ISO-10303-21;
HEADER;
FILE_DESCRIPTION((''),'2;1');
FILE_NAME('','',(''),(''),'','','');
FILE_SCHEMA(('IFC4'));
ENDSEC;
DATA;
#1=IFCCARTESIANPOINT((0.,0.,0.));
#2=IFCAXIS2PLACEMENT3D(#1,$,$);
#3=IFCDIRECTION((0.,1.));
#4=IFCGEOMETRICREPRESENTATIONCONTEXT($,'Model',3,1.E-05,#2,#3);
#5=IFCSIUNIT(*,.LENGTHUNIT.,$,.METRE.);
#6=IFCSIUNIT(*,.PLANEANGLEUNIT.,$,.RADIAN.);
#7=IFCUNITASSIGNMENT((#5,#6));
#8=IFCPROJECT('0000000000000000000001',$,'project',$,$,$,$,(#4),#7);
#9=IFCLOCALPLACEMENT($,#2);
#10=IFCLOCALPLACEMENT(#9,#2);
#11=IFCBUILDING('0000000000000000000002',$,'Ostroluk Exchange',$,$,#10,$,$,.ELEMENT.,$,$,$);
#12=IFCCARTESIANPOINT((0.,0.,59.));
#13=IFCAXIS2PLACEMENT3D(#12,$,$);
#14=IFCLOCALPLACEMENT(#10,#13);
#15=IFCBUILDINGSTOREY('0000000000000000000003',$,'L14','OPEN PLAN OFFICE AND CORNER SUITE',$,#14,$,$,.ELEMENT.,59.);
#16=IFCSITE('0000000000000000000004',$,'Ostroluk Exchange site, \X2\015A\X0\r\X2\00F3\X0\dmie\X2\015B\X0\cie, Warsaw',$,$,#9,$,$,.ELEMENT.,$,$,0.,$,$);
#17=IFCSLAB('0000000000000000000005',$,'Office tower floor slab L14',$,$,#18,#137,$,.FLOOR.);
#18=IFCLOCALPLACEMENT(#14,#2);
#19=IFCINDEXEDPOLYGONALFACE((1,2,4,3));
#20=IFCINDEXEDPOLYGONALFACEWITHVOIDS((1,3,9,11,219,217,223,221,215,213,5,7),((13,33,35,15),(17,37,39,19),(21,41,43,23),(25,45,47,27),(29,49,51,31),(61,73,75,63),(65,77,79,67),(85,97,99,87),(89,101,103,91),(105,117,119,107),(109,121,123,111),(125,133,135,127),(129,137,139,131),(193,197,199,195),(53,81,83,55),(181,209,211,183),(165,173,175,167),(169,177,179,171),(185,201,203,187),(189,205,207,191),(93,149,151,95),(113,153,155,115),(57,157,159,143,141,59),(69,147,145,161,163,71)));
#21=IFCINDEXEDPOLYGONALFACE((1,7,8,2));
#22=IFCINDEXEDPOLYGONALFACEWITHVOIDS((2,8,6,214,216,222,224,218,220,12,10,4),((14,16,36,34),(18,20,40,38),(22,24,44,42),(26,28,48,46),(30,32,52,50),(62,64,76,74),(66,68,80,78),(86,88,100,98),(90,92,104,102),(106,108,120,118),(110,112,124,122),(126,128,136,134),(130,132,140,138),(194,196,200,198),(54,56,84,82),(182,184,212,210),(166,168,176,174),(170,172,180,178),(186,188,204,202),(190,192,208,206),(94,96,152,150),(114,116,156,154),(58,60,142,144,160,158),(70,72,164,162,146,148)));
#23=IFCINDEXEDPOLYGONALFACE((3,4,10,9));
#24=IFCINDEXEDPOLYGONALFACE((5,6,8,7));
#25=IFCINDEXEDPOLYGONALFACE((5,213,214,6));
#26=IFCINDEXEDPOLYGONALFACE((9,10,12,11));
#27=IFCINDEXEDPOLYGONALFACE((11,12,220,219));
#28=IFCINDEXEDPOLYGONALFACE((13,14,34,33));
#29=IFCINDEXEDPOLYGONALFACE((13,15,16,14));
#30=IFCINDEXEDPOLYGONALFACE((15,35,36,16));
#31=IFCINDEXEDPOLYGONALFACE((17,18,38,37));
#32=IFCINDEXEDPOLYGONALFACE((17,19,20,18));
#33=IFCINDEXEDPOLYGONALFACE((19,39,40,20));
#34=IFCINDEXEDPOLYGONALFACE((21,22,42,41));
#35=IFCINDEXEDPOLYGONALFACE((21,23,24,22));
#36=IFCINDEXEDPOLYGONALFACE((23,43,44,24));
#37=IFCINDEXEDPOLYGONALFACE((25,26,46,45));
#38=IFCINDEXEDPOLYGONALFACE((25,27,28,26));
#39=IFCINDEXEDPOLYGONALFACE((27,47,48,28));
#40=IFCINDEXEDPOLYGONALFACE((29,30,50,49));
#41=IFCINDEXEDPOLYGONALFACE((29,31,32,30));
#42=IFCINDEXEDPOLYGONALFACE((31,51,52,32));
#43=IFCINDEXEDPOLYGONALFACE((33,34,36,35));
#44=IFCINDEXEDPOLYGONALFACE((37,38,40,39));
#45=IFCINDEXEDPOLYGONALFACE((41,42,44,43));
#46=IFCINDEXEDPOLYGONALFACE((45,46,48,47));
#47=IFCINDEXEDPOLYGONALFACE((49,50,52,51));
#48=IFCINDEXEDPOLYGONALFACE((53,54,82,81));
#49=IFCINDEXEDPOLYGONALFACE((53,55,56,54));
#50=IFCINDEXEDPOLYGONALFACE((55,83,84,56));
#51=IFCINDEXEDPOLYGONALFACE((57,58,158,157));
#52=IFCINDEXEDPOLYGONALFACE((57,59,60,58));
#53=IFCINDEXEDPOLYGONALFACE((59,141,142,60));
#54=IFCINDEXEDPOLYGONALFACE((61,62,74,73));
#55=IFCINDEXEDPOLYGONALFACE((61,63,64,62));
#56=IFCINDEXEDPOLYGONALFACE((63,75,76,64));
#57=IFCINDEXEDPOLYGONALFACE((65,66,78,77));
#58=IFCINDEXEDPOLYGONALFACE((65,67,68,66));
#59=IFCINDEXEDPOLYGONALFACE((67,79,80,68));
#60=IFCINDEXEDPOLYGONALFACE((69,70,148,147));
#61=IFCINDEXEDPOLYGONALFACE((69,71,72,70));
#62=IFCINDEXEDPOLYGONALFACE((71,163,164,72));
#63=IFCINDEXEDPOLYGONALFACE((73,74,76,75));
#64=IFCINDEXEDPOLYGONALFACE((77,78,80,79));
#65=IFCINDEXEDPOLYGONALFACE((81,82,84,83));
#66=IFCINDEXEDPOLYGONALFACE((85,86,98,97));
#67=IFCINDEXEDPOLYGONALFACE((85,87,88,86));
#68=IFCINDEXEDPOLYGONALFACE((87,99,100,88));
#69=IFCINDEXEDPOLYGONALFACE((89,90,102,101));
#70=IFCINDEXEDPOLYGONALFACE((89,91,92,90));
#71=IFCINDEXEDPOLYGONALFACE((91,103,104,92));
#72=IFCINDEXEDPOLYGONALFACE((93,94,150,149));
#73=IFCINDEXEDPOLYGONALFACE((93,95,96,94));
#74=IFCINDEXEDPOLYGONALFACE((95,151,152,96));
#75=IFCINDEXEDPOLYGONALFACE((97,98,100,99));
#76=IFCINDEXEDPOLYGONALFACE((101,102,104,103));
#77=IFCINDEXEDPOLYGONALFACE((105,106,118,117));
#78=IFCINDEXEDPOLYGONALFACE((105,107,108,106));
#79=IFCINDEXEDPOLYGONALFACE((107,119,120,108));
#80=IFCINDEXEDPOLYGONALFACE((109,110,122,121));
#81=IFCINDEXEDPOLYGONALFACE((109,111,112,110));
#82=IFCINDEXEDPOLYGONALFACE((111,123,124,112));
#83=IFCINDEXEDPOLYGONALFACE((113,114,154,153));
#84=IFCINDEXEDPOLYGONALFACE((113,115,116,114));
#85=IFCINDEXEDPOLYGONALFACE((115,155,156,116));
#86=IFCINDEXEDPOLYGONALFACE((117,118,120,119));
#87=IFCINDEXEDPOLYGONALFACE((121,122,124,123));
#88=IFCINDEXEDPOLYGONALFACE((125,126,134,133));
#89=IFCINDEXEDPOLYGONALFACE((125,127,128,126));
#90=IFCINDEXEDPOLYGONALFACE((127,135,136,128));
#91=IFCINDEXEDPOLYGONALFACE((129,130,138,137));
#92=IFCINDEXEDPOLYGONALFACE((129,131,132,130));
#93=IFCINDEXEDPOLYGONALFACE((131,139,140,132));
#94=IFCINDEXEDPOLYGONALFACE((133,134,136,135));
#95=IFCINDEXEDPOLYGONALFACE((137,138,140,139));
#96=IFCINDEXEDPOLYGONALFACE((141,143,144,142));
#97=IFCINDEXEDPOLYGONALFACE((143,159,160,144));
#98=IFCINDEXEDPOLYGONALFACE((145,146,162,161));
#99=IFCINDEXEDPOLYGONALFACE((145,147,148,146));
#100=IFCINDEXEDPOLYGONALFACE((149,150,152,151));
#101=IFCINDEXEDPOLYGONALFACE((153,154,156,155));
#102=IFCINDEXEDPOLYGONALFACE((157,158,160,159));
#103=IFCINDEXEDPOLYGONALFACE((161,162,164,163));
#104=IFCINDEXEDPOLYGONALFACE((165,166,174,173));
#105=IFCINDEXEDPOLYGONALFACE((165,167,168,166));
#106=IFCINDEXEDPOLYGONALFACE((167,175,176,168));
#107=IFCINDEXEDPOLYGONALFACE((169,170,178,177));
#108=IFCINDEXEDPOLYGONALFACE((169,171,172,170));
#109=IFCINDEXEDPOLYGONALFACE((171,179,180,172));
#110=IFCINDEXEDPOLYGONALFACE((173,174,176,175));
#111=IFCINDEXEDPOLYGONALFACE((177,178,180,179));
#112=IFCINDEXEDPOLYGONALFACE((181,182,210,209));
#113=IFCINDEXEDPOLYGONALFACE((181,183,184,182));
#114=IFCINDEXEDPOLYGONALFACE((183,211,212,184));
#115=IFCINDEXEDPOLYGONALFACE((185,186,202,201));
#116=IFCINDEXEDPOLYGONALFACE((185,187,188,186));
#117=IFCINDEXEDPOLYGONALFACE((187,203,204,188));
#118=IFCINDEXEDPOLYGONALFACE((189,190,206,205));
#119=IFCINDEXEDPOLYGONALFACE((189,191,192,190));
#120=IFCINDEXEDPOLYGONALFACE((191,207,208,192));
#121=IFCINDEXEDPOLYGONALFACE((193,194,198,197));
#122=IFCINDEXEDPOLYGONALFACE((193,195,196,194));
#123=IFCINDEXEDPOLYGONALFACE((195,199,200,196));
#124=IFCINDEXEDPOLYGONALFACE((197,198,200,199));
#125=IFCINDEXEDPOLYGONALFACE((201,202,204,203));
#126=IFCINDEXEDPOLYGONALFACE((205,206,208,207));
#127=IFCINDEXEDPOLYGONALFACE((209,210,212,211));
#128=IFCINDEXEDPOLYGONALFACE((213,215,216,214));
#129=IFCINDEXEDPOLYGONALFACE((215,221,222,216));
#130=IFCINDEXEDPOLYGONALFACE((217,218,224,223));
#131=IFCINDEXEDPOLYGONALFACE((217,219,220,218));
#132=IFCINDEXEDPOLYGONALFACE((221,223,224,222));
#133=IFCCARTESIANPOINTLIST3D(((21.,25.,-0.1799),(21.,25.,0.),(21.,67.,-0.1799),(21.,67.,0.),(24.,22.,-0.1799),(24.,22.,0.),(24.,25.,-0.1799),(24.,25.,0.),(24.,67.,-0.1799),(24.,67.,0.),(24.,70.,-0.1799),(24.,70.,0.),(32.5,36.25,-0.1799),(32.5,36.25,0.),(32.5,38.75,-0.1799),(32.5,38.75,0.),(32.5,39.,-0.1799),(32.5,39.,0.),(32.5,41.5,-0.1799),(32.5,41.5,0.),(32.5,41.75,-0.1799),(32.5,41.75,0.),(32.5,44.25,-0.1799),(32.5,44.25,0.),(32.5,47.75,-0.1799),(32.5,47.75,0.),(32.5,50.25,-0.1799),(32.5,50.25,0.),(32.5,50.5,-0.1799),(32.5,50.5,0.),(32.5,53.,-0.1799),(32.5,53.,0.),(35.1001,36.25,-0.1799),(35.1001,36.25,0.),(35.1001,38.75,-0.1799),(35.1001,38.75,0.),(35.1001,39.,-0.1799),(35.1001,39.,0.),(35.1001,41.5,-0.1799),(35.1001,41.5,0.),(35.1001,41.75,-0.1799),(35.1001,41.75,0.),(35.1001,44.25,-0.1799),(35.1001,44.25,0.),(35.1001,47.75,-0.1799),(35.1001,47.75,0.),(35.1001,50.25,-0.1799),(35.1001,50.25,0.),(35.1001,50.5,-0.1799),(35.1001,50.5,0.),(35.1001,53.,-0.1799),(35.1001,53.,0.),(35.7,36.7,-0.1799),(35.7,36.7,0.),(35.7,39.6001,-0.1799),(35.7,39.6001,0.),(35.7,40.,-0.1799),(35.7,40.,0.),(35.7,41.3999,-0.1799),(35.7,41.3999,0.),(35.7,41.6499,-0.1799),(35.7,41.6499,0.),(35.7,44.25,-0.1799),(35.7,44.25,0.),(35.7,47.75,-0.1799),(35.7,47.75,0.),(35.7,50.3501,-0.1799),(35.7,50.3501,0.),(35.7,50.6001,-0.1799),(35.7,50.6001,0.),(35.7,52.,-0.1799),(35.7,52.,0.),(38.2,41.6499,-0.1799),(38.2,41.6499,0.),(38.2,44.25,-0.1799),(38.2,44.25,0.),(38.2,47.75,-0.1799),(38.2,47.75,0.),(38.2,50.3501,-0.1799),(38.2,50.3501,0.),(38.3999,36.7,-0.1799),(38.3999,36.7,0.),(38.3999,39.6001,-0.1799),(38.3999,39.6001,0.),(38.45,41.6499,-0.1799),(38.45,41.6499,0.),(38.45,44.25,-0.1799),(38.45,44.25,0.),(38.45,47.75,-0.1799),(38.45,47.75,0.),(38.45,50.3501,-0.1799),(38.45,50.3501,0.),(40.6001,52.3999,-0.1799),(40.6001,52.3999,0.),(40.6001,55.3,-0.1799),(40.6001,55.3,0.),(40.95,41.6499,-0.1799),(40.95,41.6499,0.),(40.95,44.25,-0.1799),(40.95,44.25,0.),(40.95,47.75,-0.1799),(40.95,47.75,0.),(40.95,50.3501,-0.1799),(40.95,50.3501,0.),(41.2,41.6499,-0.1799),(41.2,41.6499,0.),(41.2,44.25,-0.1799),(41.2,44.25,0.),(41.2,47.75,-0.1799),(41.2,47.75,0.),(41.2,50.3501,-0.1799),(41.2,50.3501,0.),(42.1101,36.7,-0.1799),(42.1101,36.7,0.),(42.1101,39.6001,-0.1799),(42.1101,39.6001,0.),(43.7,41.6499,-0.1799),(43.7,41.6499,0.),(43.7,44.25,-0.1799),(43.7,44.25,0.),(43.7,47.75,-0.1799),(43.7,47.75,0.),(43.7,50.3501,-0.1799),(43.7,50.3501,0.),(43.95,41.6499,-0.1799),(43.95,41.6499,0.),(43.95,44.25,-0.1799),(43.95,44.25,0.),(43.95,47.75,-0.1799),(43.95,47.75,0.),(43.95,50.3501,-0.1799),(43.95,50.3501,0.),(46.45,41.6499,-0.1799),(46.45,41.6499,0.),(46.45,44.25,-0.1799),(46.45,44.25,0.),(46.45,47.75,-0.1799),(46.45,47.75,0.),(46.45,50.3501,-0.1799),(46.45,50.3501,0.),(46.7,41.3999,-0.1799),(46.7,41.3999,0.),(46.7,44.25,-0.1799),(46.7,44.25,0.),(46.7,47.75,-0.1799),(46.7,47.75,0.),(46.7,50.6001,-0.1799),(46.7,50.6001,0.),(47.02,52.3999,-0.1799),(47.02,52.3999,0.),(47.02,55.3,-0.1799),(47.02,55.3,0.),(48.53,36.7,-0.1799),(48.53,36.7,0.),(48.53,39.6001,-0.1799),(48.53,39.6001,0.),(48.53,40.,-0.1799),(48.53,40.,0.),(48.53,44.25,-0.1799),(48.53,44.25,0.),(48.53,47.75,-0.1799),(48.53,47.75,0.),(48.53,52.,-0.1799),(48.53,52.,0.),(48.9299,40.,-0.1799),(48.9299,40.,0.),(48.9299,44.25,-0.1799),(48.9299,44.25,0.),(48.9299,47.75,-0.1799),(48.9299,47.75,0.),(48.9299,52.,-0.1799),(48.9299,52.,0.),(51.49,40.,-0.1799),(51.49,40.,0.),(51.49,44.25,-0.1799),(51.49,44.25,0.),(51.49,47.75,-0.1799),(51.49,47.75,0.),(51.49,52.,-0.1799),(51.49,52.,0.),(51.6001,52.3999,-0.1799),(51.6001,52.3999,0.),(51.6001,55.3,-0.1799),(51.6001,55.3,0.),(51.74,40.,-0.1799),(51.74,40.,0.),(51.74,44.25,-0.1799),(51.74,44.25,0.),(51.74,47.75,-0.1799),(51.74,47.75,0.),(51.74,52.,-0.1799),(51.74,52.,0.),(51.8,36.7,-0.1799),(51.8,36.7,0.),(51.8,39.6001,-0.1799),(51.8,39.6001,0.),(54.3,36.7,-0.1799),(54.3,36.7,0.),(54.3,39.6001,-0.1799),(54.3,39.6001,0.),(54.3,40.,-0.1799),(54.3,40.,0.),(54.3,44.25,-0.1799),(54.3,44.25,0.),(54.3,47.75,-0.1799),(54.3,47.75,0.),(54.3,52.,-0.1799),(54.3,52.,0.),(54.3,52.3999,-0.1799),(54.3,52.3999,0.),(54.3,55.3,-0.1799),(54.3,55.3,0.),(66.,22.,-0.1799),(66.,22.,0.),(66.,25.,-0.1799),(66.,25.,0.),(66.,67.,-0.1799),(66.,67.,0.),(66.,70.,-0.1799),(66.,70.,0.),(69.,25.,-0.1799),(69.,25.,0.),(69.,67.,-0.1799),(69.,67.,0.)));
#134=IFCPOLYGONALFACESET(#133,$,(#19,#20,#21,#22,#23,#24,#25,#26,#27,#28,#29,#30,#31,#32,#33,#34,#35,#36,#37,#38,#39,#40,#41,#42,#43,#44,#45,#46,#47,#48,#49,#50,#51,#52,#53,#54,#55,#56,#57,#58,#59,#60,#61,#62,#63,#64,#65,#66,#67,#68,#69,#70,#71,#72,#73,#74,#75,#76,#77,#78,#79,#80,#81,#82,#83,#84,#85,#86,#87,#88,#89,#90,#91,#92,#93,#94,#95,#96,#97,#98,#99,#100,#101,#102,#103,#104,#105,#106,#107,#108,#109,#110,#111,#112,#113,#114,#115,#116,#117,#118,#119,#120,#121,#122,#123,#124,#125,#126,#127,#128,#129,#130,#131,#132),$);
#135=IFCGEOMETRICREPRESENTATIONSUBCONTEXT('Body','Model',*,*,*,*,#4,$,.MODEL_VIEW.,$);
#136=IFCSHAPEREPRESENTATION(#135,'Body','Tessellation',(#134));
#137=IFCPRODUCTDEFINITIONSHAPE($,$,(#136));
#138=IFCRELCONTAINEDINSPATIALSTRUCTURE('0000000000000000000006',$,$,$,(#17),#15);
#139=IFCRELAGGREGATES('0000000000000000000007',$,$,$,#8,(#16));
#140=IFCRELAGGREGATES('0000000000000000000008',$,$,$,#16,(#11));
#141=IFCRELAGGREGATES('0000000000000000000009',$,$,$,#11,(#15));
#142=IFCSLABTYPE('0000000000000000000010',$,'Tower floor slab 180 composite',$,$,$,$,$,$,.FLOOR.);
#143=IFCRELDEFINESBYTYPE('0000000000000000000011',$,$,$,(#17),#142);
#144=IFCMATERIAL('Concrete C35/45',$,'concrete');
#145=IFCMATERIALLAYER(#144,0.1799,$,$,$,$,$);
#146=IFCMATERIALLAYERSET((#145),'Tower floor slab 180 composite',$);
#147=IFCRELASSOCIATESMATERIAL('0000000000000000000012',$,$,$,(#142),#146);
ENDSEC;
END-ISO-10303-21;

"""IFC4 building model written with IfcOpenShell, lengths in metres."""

from ifc_helpers import new_model, si_unit, direction, frame, origin, place, context, subcontext, project, spatial, polyline, outline, extrude, material, layer, layer_set, type_object, element, save


model = new_model("IFC4")

# Units and contexts
model_context = context("Model", 3, precision=1e-05, world=origin(), true_north=direction((0.0, 1.0)))
body_context = subcontext(model_context, "Body", "Model", "MODEL_VIEW")
ifc_project = project(units=[si_unit("LENGTHUNIT", "METRE"), si_unit("PLANEANGLEUNIT", "RADIAN")], contexts=[model_context])

# Site, building, storey
site_placement = place(None, origin())
site = spatial("IfcSite", under=ifc_project, at=site_placement, Name="Ostroluk Exchange site, Śródmieście, Warsaw", CompositionType="ELEMENT", RefElevation=0.0)
building_placement = place(site_placement, origin())
building = spatial("IfcBuilding", under=site, at=building_placement, Name="Ostroluk Exchange", CompositionType="ELEMENT")
storey_placement = place(building_placement, frame((0.0, 0.0, 59.0)))
storey = spatial("IfcBuildingStorey", under=building, at=storey_placement, Name="L14", Description="OPEN PLAN OFFICE AND CORNER SUITE", CompositionType="ELEMENT", Elevation=59.0)

# Slab
ifc_material_1 = material(Name="Concrete C35/45", Category="concrete")
ifc_layer_1 = layer(ifc_material_1, 0.1799)
ifc_layer_set_1 = layer_set([ifc_layer_1], Name="Tower floor slab 180 composite")
slab_type_1 = type_object("IfcSlabType", Name="Tower floor slab 180 composite", PredefinedType="FLOOR", material=ifc_layer_set_1)
slab_1_placement = place(storey_placement, frame((0.0, 0.0, -0.1799)))
element("IfcSlab", 1, at=slab_1_placement, inside=storey, type_object=slab_type_1, Name="Office tower floor slab L14", PredefinedType="FLOOR", context=body_context, shape_type="SweptSolid", body=[
    extrude(outline(polyline([(24.0, 22.0), (66.0, 22.0), (66.0, 25.0), (69.0, 25.0), (69.0, 67.0), (66.0, 67.0), (66.0, 70.0), (24.0, 70.0), (24.0, 67.0), (21.0, 67.0), (21.0, 25.0), (24.0, 25.0), (24.0, 22.0)]), holes=[polyline([(35.7, 36.7), (38.3999, 36.7), (38.3999, 39.6001), (35.7, 39.6001), (35.7, 36.7)]), polyline([(42.1101, 36.7), (48.53, 36.7), (48.53, 39.6001), (42.1101, 39.6001), (42.1101, 36.7)]), polyline([(51.8, 36.7), (54.3, 36.7), (54.3, 39.6001), (51.8, 39.6001), (51.8, 36.7)]), polyline([(40.6001, 52.3999), (47.02, 52.3999), (47.02, 55.3), (40.6001, 55.3), (40.6001, 52.3999)]), polyline([(51.6001, 52.3999), (54.3, 52.3999), (54.3, 55.3), (51.6001, 55.3), (51.6001, 52.3999)]), polyline([(35.7, 47.75), (38.2, 47.75), (38.2, 50.3501), (35.7, 50.3501), (35.7, 47.75)]), polyline([(38.45, 47.75), (40.95, 47.75), (40.95, 50.3501), (38.45, 50.3501), (38.45, 47.75)]), polyline([(41.2, 47.75), (43.7, 47.75), (43.7, 50.3501), (41.2, 50.3501), (41.2, 47.75)]), polyline([(43.95, 47.75), (46.45, 47.75), (46.45, 50.3501), (43.95, 50.3501), (43.95, 47.75)]), polyline([(35.7, 41.6499), (38.2, 41.6499), (38.2, 44.25), (35.7, 44.25), (35.7, 41.6499)]), polyline([(38.45, 41.6499), (40.95, 41.6499), (40.95, 44.25), (38.45, 44.25), (38.45, 41.6499)]), polyline([(41.2, 41.6499), (43.7, 41.6499), (43.7, 44.25), (41.2, 44.25), (41.2, 41.6499)]), polyline([(43.95, 41.6499), (46.45, 41.6499), (46.45, 44.25), (43.95, 44.25), (43.95, 41.6499)]), polyline([(48.9299, 47.75), (51.49, 47.75), (51.49, 52.0), (48.9299, 52.0), (48.9299, 47.75)]), polyline([(51.74, 47.75), (54.3, 47.75), (54.3, 52.0), (51.74, 52.0), (51.74, 47.75)]), polyline([(48.9299, 40.0), (51.49, 40.0), (51.49, 44.25), (48.9299, 44.25), (48.9299, 40.0)]), polyline([(51.74, 40.0), (54.3, 40.0), (54.3, 44.25), (51.74, 44.25), (51.74, 40.0)]), polyline([(48.53, 52.0), (48.53, 47.75), (46.7, 47.75), (46.7, 50.6001), (35.7, 50.6001), (35.7, 52.0), (48.53, 52.0)]), polyline([(35.7, 40.0), (35.7, 41.3999), (46.7, 41.3999), (46.7, 44.25), (48.53, 44.25), (48.53, 40.0), (35.7, 40.0)]), polyline([(32.5, 36.25), (35.1001, 36.25), (35.1001, 38.75), (32.5, 38.75), (32.5, 36.25)]), polyline([(32.5, 39.0), (35.1001, 39.0), (35.1001, 41.5), (32.5, 41.5), (32.5, 39.0)]), polyline([(32.5, 41.75), (35.1001, 41.75), (35.1001, 44.25), (32.5, 44.25), (32.5, 41.75)]), polyline([(32.5, 47.75), (35.1001, 47.75), (35.1001, 50.25), (32.5, 50.25), (32.5, 47.75)]), polyline([(32.5, 50.5), (35.1001, 50.5), (35.1001, 53.0), (32.5, 53.0), (32.5, 50.5)])]), origin(), (0.0, 0.0, 1.0), 0.1799),
])

save(model, "model.ifc")
